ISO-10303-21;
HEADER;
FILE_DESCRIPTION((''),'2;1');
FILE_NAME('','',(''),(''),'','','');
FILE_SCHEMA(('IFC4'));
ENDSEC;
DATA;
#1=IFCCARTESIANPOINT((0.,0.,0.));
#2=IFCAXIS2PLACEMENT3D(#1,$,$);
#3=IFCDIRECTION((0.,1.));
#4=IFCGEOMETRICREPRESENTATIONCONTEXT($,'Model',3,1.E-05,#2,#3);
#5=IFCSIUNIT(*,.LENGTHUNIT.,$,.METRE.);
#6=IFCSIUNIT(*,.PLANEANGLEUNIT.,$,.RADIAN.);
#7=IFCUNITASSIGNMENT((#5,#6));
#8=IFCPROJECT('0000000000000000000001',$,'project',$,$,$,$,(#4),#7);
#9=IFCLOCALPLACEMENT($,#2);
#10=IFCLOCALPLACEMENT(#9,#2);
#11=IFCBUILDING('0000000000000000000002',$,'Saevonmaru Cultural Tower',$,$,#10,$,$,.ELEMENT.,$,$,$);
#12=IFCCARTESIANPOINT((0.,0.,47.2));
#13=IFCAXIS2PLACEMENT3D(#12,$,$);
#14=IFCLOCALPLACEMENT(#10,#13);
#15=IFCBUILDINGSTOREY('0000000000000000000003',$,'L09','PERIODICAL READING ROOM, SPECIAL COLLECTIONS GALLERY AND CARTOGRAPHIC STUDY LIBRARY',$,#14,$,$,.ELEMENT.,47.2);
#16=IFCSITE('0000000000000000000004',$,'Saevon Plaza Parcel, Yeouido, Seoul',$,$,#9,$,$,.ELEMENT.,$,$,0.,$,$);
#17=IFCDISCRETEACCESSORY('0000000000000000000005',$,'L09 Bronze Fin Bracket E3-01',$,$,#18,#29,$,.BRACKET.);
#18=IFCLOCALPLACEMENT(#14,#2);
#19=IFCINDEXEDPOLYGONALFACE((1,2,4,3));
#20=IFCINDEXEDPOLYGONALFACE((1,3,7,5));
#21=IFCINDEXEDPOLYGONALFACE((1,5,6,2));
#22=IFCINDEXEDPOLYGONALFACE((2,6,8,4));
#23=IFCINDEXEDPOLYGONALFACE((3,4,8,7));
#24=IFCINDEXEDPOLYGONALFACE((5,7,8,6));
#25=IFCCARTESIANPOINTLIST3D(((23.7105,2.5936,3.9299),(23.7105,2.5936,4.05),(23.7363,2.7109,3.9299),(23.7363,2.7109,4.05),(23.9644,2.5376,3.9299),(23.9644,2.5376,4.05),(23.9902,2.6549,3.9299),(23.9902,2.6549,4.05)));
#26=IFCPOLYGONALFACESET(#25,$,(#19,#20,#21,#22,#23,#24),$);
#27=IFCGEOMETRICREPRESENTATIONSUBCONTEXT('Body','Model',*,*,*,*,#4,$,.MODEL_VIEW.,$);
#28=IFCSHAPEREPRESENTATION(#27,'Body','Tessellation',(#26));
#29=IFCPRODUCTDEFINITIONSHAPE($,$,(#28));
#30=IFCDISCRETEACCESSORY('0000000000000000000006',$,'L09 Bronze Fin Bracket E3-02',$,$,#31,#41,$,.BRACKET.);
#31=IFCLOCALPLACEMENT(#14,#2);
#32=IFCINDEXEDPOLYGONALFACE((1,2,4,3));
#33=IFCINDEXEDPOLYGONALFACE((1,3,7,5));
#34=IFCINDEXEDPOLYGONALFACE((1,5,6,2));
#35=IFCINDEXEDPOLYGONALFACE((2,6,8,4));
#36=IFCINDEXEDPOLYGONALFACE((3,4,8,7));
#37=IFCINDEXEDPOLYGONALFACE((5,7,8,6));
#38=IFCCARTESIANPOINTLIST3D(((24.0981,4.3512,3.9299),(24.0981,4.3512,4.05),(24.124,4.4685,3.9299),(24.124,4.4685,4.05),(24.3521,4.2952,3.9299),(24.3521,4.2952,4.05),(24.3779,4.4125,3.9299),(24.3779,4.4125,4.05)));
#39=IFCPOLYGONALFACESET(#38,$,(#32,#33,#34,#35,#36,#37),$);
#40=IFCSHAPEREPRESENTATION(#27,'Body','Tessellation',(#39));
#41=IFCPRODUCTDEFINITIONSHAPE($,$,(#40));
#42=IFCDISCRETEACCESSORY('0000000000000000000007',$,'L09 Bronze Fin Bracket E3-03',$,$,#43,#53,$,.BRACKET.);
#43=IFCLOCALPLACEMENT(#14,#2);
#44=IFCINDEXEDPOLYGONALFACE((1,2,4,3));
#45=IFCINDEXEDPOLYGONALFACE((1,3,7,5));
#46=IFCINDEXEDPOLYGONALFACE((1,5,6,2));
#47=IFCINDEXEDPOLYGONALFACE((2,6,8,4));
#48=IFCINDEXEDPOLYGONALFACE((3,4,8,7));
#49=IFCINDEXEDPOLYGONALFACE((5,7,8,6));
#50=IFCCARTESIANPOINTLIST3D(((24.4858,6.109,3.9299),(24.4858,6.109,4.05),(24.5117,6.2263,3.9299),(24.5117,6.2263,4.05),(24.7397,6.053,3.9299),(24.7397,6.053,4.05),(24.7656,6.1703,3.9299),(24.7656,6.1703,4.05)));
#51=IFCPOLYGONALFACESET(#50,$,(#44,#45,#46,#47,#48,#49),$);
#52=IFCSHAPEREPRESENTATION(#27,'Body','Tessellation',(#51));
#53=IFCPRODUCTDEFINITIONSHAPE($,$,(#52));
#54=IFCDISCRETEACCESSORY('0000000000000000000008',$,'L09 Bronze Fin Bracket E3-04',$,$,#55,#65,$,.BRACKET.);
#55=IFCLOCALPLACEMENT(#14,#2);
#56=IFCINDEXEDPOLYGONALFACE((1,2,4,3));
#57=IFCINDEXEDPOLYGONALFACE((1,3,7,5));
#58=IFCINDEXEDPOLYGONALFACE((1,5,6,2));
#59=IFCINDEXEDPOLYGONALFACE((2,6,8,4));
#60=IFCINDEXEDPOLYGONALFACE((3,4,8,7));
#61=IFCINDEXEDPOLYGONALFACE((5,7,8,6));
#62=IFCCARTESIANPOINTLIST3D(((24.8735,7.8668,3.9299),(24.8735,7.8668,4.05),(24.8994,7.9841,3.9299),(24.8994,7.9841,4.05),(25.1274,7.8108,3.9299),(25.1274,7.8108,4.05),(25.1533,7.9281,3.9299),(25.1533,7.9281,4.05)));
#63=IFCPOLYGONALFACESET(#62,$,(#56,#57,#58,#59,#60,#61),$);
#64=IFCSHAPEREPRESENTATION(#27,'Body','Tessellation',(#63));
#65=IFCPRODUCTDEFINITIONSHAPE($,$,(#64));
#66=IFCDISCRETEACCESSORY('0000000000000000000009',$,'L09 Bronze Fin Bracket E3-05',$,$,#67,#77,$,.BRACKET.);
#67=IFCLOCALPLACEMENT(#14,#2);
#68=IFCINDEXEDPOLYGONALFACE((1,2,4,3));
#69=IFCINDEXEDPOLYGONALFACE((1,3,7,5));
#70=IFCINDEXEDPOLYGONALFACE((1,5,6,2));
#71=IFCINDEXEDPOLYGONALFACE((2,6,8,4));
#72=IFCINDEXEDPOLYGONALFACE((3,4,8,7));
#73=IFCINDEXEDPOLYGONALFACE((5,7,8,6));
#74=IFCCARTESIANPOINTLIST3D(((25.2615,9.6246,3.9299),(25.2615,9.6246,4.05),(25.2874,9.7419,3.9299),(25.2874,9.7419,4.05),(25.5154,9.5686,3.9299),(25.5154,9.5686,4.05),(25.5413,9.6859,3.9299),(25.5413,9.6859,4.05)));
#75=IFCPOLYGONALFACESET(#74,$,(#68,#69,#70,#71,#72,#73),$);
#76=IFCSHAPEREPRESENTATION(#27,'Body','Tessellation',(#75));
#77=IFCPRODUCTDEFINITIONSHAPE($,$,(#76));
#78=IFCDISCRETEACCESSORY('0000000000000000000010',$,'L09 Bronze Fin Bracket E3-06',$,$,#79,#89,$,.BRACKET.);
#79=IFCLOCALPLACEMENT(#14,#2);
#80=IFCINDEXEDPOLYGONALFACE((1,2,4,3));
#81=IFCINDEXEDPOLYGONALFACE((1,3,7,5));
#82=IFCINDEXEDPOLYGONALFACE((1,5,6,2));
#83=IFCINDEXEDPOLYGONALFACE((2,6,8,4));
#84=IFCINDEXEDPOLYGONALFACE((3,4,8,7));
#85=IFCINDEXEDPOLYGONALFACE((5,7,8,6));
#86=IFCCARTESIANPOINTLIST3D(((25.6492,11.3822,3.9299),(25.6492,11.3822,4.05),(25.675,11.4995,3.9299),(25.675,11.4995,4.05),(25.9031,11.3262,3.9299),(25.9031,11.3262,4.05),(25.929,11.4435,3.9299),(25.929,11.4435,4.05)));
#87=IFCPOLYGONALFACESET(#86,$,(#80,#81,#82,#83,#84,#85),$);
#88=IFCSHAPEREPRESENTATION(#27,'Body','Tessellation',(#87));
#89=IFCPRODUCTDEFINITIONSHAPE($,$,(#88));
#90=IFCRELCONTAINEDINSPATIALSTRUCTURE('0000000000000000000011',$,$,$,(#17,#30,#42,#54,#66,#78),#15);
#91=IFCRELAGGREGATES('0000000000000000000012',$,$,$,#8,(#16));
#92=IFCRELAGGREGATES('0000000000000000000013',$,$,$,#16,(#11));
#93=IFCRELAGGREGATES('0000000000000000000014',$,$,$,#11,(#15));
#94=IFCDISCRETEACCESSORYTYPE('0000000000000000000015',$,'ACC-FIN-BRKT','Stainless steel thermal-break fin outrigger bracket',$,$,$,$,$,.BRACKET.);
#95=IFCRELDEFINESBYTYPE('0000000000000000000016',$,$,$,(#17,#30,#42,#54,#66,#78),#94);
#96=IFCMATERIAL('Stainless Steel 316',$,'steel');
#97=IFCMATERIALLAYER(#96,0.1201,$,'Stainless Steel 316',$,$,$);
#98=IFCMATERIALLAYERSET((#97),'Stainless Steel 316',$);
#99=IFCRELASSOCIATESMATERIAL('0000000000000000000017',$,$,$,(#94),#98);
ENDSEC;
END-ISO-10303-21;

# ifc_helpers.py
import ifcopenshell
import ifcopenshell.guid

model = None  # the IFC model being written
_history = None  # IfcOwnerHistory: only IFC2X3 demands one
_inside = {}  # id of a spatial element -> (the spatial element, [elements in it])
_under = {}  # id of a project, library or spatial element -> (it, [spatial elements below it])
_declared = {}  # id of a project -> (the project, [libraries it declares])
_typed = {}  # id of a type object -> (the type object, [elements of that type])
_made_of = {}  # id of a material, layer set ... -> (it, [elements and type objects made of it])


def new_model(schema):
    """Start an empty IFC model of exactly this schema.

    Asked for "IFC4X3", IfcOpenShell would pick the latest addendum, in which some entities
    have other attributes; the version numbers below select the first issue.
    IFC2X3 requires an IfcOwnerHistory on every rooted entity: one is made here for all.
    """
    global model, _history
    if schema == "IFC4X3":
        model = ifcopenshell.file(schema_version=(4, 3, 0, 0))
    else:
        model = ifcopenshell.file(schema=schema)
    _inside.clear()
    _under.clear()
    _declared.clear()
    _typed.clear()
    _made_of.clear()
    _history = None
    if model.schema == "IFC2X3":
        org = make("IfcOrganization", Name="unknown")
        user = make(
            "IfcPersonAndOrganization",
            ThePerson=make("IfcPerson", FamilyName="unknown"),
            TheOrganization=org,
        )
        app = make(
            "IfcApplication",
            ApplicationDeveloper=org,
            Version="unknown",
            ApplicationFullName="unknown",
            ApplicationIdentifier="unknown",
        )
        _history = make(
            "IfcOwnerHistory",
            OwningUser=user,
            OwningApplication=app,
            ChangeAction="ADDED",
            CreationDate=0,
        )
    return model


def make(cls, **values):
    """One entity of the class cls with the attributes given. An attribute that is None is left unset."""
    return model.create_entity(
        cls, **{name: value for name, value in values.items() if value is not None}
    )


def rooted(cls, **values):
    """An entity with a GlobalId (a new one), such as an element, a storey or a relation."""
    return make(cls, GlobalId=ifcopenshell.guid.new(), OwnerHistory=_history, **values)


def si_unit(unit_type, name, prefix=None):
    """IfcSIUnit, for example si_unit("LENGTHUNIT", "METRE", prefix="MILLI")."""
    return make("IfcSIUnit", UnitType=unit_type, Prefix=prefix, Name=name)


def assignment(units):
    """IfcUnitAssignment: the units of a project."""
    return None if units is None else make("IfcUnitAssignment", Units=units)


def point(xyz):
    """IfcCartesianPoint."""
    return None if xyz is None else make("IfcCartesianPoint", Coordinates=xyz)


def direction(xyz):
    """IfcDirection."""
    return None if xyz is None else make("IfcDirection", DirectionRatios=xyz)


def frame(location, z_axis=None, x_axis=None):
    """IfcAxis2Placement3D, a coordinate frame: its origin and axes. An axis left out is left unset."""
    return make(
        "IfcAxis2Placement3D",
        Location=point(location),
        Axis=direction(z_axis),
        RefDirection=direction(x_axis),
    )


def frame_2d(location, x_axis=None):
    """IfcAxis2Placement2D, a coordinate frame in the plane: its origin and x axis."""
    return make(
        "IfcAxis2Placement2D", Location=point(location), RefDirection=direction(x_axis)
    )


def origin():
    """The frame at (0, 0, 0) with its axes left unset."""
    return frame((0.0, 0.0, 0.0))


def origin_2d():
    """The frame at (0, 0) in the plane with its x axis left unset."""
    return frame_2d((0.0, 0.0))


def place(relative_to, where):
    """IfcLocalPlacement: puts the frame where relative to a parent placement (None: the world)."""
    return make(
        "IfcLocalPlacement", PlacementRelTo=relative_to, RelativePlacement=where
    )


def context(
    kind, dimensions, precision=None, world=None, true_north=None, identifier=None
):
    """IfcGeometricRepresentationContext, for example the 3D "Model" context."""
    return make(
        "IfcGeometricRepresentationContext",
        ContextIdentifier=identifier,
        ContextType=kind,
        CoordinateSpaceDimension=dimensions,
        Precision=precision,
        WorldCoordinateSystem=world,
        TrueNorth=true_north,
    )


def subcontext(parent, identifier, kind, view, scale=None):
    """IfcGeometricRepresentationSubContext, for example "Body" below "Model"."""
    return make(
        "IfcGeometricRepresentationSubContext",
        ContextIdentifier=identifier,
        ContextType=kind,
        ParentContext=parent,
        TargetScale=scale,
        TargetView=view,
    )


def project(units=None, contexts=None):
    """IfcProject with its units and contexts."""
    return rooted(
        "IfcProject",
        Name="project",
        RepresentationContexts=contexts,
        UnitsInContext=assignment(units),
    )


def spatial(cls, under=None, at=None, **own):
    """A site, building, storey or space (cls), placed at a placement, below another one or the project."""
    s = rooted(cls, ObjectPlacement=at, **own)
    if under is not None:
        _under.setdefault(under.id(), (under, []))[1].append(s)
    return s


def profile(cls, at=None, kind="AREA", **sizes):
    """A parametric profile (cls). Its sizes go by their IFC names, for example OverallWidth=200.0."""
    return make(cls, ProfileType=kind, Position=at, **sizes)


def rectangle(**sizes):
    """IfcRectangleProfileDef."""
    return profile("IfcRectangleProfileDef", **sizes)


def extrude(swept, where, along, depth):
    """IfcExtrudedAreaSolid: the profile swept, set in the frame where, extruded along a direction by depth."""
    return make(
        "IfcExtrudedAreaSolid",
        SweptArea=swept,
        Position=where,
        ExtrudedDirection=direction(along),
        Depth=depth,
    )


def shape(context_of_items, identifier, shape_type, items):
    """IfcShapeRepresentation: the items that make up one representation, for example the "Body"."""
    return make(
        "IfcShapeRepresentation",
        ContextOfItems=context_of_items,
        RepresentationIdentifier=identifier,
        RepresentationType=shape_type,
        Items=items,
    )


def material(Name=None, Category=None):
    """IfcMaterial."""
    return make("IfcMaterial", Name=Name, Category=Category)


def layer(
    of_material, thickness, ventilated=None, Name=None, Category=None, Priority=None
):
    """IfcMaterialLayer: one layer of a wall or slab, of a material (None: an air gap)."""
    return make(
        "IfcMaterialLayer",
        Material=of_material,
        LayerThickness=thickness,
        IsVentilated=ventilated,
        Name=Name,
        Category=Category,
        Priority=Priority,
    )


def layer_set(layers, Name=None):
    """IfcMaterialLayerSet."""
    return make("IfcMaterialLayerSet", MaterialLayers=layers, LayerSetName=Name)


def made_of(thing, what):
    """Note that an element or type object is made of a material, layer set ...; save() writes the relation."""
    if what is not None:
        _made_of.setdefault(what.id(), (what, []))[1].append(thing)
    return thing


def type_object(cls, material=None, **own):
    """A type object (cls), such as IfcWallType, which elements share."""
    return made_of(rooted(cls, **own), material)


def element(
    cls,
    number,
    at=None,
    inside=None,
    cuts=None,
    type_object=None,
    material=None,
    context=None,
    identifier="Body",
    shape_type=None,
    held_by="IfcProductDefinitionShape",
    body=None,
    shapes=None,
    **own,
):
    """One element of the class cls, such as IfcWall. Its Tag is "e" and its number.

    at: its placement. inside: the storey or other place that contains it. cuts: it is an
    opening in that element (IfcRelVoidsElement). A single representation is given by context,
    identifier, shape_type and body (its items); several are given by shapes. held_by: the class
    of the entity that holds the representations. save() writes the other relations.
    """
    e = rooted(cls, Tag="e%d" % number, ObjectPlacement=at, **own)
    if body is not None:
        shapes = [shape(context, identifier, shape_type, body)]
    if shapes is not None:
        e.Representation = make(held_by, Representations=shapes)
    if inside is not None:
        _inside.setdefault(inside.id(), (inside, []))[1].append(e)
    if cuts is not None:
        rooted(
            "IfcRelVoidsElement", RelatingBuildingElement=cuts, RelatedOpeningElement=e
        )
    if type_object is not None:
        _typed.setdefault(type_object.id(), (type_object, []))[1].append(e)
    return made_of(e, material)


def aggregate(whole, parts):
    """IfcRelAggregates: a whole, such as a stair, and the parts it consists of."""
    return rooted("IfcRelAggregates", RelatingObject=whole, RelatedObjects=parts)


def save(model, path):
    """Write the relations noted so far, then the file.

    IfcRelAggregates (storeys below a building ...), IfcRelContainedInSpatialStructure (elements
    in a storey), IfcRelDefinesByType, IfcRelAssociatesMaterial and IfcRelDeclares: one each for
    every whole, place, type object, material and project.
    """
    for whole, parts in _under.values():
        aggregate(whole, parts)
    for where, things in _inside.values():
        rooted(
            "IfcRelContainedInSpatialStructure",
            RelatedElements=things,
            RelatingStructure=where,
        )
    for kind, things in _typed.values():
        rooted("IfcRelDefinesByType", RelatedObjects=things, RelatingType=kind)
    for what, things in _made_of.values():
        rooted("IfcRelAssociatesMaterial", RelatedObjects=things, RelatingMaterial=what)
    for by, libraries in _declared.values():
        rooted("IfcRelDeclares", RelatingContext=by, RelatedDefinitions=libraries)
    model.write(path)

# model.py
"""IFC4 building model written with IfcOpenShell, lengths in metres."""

from ifc_helpers import new_model, si_unit, direction, frame, origin, origin_2d, place, context, subcontext, project, spatial, rectangle, extrude, material, layer, layer_set, type_object, element, save


model = new_model("IFC4")

# Units and contexts
model_context = context("Model", 3, precision=1e-05, world=origin(), true_north=direction((0.0, 1.0)))
body_context = subcontext(model_context, "Body", "Model", "MODEL_VIEW")
ifc_project = project(units=[si_unit("LENGTHUNIT", "METRE"), si_unit("PLANEANGLEUNIT", "RADIAN")], contexts=[model_context])

# Site, building, storey
site_placement = place(None, origin())
site = spatial("IfcSite", under=ifc_project, at=site_placement, Name="Saevon Plaza Parcel, Yeouido, Seoul", CompositionType="ELEMENT", RefElevation=0.0)
building_placement = place(site_placement, origin())
building = spatial("IfcBuilding", under=site, at=building_placement, Name="Saevonmaru Cultural Tower", CompositionType="ELEMENT")
storey_placement = place(building_placement, frame((0.0, 0.0, 47.2)))
storey = spatial("IfcBuildingStorey", under=building, at=storey_placement, Name="L09", Description="PERIODICAL READING ROOM, SPECIAL COLLECTIONS GALLERY AND CARTOGRAPHIC STUDY LIBRARY", CompositionType="ELEMENT", Elevation=47.2)

# Discrete accessories
ifc_material_1 = material(Name="Stainless Steel 316", Category="steel")
ifc_layer_1 = layer(ifc_material_1, 0.1201, Name="Stainless Steel 316")
ifc_layer_set_1 = layer_set([ifc_layer_1], Name="Stainless Steel 316")
discrete_accessory_type = type_object("IfcDiscreteAccessoryType", Name="ACC-FIN-BRKT", Description="Stainless steel thermal-break fin outrigger bracket", PredefinedType="BRACKET", material=ifc_layer_set_1)
for number, where, z_axis, x_axis, name in (
    (1, (23.8503, 2.6243, 3.9299), (0.0, 0.0, 1.0), (0.976522, -0.215417, 0.0), "L09 Bronze Fin Bracket E3-01"),
    (2, (24.238, 4.3818, 3.9299), (0.0, 0.0, 1.0), (0.976522, -0.215417, 0.0), "L09 Bronze Fin Bracket E3-02"),
    (3, (24.6257, 6.1396, 3.9299), (0.0, 0.0, 1.0), (0.976522, -0.215417, 0.0), "L09 Bronze Fin Bracket E3-03"),
    (4, (25.0134, 7.8975, 3.9299), (0.0, 0.0, 1.0), (0.976522, -0.215417, 0.0), "L09 Bronze Fin Bracket E3-04"),
    (5, (25.4014, 9.6553, 3.9299), (0.0, 0.0, 1.0), (0.976522, -0.215417, 0.0), "L09 Bronze Fin Bracket E3-05"),
    (6, (25.7891, 11.4128, 3.9299), (0.0, 0.0, 1.0), (0.976522, -0.215417, 0.0), "L09 Bronze Fin Bracket E3-06"),
):
    element("IfcDiscreteAccessory", number, at=place(storey_placement, frame(where, z_axis=z_axis, x_axis=x_axis)), inside=storey, type_object=discrete_accessory_type, Name=name, PredefinedType="BRACKET", context=body_context, shape_type="SweptSolid", body=[
        extrude(rectangle(XDim=0.26, YDim=0.1201, at=origin_2d()), origin(), (0.0, 0.0, 1.0), 0.1201),
    ])

save(model, "model.ifc")
